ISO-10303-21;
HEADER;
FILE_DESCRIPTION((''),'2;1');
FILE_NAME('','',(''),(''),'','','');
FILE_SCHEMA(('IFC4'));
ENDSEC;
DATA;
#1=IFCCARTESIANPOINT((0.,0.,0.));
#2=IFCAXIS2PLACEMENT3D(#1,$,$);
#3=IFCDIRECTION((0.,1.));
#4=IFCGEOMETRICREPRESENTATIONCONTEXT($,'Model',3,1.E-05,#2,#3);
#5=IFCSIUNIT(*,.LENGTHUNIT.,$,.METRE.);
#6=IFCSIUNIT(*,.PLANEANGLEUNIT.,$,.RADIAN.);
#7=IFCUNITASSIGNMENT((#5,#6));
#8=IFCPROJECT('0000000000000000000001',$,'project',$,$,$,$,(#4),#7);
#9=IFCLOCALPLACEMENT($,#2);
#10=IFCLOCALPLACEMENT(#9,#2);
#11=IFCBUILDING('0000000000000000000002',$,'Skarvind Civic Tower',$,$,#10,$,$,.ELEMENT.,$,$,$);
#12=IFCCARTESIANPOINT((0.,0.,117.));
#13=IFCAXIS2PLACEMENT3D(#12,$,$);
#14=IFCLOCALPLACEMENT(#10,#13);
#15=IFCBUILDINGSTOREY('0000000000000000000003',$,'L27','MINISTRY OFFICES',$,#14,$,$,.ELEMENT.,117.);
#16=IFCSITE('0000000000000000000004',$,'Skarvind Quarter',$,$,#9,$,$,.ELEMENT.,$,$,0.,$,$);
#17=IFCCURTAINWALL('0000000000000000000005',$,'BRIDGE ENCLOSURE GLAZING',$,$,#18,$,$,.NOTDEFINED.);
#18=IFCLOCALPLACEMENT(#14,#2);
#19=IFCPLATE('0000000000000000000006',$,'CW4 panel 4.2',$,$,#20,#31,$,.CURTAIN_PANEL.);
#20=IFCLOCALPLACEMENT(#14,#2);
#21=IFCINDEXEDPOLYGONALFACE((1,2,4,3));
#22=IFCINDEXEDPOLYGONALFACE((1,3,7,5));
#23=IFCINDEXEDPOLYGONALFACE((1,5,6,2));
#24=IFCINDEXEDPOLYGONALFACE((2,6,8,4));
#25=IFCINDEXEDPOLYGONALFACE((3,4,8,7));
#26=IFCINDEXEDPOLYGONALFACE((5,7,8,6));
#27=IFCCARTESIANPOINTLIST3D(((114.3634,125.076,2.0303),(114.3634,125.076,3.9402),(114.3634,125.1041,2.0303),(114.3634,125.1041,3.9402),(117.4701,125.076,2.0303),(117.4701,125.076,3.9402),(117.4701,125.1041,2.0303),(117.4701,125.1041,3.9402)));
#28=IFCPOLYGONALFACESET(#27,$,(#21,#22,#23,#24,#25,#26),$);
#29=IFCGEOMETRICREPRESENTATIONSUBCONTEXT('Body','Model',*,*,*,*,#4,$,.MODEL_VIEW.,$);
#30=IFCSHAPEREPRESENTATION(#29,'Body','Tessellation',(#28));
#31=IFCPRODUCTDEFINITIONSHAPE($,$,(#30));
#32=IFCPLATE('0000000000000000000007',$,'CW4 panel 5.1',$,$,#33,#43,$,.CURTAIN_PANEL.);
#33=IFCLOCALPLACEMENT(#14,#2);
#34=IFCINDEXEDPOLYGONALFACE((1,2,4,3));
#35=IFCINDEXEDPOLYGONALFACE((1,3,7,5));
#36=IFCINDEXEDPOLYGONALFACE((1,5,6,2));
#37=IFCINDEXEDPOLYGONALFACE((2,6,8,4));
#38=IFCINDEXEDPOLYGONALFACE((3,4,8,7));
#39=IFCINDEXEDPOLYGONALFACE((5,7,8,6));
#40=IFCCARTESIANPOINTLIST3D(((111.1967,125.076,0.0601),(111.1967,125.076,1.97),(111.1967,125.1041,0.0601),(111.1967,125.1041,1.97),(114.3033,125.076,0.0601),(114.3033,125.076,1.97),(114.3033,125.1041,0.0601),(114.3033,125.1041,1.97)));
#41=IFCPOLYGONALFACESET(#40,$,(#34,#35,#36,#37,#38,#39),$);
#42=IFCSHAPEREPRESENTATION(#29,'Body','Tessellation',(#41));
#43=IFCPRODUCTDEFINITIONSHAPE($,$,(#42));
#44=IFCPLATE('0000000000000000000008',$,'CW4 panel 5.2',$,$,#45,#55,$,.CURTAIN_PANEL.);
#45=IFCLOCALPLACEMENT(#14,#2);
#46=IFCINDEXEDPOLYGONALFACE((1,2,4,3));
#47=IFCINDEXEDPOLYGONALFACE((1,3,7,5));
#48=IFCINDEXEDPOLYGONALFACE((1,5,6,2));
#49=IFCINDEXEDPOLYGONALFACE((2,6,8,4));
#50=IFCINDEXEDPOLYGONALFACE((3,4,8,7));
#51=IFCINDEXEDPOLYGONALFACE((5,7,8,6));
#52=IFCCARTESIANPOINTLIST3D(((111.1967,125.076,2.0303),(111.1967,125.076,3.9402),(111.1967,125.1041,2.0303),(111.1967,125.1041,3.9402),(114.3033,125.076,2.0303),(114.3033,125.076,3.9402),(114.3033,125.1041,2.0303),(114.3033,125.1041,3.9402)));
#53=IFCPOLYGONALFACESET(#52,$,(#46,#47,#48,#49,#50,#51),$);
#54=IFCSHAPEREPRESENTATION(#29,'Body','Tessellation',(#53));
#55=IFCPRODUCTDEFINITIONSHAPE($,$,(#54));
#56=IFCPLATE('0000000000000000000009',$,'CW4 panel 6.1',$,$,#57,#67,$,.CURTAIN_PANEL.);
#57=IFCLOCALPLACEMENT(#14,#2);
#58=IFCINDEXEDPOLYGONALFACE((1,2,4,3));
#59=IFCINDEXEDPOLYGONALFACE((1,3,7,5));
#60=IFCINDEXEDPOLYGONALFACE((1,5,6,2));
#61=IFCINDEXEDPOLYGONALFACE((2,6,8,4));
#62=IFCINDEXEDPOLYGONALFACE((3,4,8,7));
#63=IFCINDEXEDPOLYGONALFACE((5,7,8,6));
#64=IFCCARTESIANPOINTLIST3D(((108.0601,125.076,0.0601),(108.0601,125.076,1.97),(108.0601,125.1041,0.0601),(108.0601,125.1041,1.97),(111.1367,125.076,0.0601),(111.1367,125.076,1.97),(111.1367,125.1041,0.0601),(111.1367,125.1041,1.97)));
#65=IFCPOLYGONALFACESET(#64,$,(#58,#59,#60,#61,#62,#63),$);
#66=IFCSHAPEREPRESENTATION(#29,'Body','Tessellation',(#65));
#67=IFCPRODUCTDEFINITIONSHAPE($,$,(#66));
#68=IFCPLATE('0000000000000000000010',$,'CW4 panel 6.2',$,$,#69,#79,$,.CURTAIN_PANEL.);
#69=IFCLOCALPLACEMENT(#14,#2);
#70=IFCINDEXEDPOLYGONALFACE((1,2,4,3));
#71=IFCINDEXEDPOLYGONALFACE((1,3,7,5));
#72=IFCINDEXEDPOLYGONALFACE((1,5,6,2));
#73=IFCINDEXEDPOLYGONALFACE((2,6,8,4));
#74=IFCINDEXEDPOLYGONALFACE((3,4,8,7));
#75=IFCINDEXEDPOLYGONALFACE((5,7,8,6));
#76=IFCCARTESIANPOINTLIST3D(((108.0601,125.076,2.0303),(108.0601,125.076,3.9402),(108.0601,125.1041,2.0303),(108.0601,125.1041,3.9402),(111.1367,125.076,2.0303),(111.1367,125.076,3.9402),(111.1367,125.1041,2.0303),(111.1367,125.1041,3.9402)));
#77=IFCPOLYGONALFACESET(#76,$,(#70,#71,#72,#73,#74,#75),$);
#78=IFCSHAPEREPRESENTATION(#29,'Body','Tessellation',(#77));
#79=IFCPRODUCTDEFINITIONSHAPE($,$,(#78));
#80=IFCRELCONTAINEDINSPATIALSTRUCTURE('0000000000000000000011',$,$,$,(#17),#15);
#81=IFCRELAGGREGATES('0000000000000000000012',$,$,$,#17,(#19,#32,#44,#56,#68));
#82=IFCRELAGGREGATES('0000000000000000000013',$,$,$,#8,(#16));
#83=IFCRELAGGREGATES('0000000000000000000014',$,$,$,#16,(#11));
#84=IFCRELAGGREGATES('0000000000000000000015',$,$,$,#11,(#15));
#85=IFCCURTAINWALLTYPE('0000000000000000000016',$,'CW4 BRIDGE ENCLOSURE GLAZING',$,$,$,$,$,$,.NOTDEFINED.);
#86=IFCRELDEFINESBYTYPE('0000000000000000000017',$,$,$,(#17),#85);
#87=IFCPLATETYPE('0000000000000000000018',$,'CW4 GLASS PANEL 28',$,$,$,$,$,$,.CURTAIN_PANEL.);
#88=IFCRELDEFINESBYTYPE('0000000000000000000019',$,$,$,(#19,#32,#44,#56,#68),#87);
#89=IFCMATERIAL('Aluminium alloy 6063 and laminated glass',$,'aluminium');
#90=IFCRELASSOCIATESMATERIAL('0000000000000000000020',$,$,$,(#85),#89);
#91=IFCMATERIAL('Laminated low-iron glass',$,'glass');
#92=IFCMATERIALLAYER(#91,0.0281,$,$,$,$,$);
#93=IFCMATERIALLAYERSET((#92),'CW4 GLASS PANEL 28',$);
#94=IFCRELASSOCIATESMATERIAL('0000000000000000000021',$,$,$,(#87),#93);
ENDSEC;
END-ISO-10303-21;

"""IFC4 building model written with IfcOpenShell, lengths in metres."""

from ifc_helpers import new_model, si_unit, direction, frame, origin, origin_2d, place, context, subcontext, project, spatial, rectangle, extrude, material, layer, layer_set, type_object, element, aggregate, save


model = new_model("IFC4")

# Units and contexts
model_context = context("Model", 3, precision=1e-05, world=origin(), true_north=direction((0.0, 1.0)))
body_context = subcontext(model_context, "Body", "Model", "MODEL_VIEW")
ifc_project = project(units=[si_unit("LENGTHUNIT", "METRE"), si_unit("PLANEANGLEUNIT", "RADIAN")], contexts=[model_context])

# Site, building, storey
site_placement = place(None, origin())
site = spatial("IfcSite", under=ifc_project, at=site_placement, Name="Skarvind Quarter", CompositionType="ELEMENT", RefElevation=0.0)
building_placement = place(site_placement, origin())
building = spatial("IfcBuilding", under=site, at=building_placement, Name="Skarvind Civic Tower", CompositionType="ELEMENT")
storey_placement = place(building_placement, frame((0.0, 0.0, 117.0)))
storey = spatial("IfcBuildingStorey", under=building, at=storey_placement, Name="L27", Description="MINISTRY OFFICES", CompositionType="ELEMENT", Elevation=117.0)

# Curtain wall
ifc_material_1 = material(Name="Aluminium alloy 6063 and laminated glass", Category="aluminium")
curtain_wall_type = type_object("IfcCurtainWallType", Name="CW4 BRIDGE ENCLOSURE GLAZING", PredefinedType="NOTDEFINED", material=ifc_material_1)
curtain_wall_1_placement = place(storey_placement, origin())
curtain_wall_1 = element("IfcCurtainWall", 1, at=curtain_wall_1_placement, inside=storey, type_object=curtain_wall_type, Name="BRIDGE ENCLOSURE GLAZING", PredefinedType="NOTDEFINED")

# Plates
ifc_material_2 = material(Name="Laminated low-iron glass", Category="glass")
ifc_layer = layer(ifc_material_2, 0.0281)
ifc_layer_set = layer_set([ifc_layer], Name="CW4 GLASS PANEL 28")
plate_type = type_object("IfcPlateType", Name="CW4 GLASS PANEL 28", PredefinedType="CURTAIN_PANEL", material=ifc_layer_set)
plate_1_placement = place(storey_placement, frame((115.9167, 125.0901, 2.0303), z_axis=(0.0, 0.0, 1.0), x_axis=(-1.0, 0.0, 0.0)))
plate_1 = element("IfcPlate", 2, at=plate_1_placement, type_object=plate_type, Name="CW4 panel 4.2", PredefinedType="CURTAIN_PANEL", context=body_context, shape_type="SweptSolid", body=[
    extrude(rectangle(XDim=3.1067, YDim=0.0281, at=origin_2d()), origin(), (0.0, 0.0, 1.0), 1.9099),
])
plate_2_placement = place(storey_placement, frame((112.75, 125.0901, 0.0601), z_axis=(0.0, 0.0, 1.0), x_axis=(-1.0, 0.0, 0.0)))
plate_2 = element("IfcPlate", 3, at=plate_2_placement, type_object=plate_type, Name="CW4 panel 5.1", PredefinedType="CURTAIN_PANEL", context=body_context, shape_type="SweptSolid", body=[
    extrude(rectangle(XDim=3.1067, YDim=0.0281, at=origin_2d()), origin(), (0.0, 0.0, 1.0), 1.9099),
])
plate_3_placement = place(storey_placement, frame((112.75, 125.0901, 2.0303), z_axis=(0.0, 0.0, 1.0), x_axis=(-1.0, 0.0, 0.0)))
plate_3 = element("IfcPlate", 4, at=plate_3_placement, type_object=plate_type, Name="CW4 panel 5.2", PredefinedType="CURTAIN_PANEL", context=body_context, shape_type="SweptSolid", body=[
    extrude(rectangle(XDim=3.1067, YDim=0.0281, at=origin_2d()), origin(), (0.0, 0.0, 1.0), 1.9099),
])
plate_4_placement = place(storey_placement, frame((109.5984, 125.0901, 0.0601), z_axis=(0.0, 0.0, 1.0), x_axis=(-1.0, 0.0, 0.0)))
plate_4 = element("IfcPlate", 5, at=plate_4_placement, type_object=plate_type, Name="CW4 panel 6.1", PredefinedType="CURTAIN_PANEL", context=body_context, shape_type="SweptSolid", body=[
    extrude(rectangle(XDim=3.0767, YDim=0.0281, at=origin_2d()), origin(), (0.0, 0.0, 1.0), 1.9099),
])
plate_5_placement = place(storey_placement, frame((109.5984, 125.0901, 2.0303), z_axis=(0.0, 0.0, 1.0), x_axis=(-1.0, 0.0, 0.0)))
plate_5 = element("IfcPlate", 6, at=plate_5_placement, type_object=plate_type, Name="CW4 panel 6.2", PredefinedType="CURTAIN_PANEL", context=body_context, shape_type="SweptSolid", body=[
    extrude(rectangle(XDim=3.0767, YDim=0.0281, at=origin_2d()), origin(), (0.0, 0.0, 1.0), 1.9099),
])
aggregate(curtain_wall_1, [plate_1, plate_2, plate_3, plate_4, plate_5])

save(model, "model.ifc")
